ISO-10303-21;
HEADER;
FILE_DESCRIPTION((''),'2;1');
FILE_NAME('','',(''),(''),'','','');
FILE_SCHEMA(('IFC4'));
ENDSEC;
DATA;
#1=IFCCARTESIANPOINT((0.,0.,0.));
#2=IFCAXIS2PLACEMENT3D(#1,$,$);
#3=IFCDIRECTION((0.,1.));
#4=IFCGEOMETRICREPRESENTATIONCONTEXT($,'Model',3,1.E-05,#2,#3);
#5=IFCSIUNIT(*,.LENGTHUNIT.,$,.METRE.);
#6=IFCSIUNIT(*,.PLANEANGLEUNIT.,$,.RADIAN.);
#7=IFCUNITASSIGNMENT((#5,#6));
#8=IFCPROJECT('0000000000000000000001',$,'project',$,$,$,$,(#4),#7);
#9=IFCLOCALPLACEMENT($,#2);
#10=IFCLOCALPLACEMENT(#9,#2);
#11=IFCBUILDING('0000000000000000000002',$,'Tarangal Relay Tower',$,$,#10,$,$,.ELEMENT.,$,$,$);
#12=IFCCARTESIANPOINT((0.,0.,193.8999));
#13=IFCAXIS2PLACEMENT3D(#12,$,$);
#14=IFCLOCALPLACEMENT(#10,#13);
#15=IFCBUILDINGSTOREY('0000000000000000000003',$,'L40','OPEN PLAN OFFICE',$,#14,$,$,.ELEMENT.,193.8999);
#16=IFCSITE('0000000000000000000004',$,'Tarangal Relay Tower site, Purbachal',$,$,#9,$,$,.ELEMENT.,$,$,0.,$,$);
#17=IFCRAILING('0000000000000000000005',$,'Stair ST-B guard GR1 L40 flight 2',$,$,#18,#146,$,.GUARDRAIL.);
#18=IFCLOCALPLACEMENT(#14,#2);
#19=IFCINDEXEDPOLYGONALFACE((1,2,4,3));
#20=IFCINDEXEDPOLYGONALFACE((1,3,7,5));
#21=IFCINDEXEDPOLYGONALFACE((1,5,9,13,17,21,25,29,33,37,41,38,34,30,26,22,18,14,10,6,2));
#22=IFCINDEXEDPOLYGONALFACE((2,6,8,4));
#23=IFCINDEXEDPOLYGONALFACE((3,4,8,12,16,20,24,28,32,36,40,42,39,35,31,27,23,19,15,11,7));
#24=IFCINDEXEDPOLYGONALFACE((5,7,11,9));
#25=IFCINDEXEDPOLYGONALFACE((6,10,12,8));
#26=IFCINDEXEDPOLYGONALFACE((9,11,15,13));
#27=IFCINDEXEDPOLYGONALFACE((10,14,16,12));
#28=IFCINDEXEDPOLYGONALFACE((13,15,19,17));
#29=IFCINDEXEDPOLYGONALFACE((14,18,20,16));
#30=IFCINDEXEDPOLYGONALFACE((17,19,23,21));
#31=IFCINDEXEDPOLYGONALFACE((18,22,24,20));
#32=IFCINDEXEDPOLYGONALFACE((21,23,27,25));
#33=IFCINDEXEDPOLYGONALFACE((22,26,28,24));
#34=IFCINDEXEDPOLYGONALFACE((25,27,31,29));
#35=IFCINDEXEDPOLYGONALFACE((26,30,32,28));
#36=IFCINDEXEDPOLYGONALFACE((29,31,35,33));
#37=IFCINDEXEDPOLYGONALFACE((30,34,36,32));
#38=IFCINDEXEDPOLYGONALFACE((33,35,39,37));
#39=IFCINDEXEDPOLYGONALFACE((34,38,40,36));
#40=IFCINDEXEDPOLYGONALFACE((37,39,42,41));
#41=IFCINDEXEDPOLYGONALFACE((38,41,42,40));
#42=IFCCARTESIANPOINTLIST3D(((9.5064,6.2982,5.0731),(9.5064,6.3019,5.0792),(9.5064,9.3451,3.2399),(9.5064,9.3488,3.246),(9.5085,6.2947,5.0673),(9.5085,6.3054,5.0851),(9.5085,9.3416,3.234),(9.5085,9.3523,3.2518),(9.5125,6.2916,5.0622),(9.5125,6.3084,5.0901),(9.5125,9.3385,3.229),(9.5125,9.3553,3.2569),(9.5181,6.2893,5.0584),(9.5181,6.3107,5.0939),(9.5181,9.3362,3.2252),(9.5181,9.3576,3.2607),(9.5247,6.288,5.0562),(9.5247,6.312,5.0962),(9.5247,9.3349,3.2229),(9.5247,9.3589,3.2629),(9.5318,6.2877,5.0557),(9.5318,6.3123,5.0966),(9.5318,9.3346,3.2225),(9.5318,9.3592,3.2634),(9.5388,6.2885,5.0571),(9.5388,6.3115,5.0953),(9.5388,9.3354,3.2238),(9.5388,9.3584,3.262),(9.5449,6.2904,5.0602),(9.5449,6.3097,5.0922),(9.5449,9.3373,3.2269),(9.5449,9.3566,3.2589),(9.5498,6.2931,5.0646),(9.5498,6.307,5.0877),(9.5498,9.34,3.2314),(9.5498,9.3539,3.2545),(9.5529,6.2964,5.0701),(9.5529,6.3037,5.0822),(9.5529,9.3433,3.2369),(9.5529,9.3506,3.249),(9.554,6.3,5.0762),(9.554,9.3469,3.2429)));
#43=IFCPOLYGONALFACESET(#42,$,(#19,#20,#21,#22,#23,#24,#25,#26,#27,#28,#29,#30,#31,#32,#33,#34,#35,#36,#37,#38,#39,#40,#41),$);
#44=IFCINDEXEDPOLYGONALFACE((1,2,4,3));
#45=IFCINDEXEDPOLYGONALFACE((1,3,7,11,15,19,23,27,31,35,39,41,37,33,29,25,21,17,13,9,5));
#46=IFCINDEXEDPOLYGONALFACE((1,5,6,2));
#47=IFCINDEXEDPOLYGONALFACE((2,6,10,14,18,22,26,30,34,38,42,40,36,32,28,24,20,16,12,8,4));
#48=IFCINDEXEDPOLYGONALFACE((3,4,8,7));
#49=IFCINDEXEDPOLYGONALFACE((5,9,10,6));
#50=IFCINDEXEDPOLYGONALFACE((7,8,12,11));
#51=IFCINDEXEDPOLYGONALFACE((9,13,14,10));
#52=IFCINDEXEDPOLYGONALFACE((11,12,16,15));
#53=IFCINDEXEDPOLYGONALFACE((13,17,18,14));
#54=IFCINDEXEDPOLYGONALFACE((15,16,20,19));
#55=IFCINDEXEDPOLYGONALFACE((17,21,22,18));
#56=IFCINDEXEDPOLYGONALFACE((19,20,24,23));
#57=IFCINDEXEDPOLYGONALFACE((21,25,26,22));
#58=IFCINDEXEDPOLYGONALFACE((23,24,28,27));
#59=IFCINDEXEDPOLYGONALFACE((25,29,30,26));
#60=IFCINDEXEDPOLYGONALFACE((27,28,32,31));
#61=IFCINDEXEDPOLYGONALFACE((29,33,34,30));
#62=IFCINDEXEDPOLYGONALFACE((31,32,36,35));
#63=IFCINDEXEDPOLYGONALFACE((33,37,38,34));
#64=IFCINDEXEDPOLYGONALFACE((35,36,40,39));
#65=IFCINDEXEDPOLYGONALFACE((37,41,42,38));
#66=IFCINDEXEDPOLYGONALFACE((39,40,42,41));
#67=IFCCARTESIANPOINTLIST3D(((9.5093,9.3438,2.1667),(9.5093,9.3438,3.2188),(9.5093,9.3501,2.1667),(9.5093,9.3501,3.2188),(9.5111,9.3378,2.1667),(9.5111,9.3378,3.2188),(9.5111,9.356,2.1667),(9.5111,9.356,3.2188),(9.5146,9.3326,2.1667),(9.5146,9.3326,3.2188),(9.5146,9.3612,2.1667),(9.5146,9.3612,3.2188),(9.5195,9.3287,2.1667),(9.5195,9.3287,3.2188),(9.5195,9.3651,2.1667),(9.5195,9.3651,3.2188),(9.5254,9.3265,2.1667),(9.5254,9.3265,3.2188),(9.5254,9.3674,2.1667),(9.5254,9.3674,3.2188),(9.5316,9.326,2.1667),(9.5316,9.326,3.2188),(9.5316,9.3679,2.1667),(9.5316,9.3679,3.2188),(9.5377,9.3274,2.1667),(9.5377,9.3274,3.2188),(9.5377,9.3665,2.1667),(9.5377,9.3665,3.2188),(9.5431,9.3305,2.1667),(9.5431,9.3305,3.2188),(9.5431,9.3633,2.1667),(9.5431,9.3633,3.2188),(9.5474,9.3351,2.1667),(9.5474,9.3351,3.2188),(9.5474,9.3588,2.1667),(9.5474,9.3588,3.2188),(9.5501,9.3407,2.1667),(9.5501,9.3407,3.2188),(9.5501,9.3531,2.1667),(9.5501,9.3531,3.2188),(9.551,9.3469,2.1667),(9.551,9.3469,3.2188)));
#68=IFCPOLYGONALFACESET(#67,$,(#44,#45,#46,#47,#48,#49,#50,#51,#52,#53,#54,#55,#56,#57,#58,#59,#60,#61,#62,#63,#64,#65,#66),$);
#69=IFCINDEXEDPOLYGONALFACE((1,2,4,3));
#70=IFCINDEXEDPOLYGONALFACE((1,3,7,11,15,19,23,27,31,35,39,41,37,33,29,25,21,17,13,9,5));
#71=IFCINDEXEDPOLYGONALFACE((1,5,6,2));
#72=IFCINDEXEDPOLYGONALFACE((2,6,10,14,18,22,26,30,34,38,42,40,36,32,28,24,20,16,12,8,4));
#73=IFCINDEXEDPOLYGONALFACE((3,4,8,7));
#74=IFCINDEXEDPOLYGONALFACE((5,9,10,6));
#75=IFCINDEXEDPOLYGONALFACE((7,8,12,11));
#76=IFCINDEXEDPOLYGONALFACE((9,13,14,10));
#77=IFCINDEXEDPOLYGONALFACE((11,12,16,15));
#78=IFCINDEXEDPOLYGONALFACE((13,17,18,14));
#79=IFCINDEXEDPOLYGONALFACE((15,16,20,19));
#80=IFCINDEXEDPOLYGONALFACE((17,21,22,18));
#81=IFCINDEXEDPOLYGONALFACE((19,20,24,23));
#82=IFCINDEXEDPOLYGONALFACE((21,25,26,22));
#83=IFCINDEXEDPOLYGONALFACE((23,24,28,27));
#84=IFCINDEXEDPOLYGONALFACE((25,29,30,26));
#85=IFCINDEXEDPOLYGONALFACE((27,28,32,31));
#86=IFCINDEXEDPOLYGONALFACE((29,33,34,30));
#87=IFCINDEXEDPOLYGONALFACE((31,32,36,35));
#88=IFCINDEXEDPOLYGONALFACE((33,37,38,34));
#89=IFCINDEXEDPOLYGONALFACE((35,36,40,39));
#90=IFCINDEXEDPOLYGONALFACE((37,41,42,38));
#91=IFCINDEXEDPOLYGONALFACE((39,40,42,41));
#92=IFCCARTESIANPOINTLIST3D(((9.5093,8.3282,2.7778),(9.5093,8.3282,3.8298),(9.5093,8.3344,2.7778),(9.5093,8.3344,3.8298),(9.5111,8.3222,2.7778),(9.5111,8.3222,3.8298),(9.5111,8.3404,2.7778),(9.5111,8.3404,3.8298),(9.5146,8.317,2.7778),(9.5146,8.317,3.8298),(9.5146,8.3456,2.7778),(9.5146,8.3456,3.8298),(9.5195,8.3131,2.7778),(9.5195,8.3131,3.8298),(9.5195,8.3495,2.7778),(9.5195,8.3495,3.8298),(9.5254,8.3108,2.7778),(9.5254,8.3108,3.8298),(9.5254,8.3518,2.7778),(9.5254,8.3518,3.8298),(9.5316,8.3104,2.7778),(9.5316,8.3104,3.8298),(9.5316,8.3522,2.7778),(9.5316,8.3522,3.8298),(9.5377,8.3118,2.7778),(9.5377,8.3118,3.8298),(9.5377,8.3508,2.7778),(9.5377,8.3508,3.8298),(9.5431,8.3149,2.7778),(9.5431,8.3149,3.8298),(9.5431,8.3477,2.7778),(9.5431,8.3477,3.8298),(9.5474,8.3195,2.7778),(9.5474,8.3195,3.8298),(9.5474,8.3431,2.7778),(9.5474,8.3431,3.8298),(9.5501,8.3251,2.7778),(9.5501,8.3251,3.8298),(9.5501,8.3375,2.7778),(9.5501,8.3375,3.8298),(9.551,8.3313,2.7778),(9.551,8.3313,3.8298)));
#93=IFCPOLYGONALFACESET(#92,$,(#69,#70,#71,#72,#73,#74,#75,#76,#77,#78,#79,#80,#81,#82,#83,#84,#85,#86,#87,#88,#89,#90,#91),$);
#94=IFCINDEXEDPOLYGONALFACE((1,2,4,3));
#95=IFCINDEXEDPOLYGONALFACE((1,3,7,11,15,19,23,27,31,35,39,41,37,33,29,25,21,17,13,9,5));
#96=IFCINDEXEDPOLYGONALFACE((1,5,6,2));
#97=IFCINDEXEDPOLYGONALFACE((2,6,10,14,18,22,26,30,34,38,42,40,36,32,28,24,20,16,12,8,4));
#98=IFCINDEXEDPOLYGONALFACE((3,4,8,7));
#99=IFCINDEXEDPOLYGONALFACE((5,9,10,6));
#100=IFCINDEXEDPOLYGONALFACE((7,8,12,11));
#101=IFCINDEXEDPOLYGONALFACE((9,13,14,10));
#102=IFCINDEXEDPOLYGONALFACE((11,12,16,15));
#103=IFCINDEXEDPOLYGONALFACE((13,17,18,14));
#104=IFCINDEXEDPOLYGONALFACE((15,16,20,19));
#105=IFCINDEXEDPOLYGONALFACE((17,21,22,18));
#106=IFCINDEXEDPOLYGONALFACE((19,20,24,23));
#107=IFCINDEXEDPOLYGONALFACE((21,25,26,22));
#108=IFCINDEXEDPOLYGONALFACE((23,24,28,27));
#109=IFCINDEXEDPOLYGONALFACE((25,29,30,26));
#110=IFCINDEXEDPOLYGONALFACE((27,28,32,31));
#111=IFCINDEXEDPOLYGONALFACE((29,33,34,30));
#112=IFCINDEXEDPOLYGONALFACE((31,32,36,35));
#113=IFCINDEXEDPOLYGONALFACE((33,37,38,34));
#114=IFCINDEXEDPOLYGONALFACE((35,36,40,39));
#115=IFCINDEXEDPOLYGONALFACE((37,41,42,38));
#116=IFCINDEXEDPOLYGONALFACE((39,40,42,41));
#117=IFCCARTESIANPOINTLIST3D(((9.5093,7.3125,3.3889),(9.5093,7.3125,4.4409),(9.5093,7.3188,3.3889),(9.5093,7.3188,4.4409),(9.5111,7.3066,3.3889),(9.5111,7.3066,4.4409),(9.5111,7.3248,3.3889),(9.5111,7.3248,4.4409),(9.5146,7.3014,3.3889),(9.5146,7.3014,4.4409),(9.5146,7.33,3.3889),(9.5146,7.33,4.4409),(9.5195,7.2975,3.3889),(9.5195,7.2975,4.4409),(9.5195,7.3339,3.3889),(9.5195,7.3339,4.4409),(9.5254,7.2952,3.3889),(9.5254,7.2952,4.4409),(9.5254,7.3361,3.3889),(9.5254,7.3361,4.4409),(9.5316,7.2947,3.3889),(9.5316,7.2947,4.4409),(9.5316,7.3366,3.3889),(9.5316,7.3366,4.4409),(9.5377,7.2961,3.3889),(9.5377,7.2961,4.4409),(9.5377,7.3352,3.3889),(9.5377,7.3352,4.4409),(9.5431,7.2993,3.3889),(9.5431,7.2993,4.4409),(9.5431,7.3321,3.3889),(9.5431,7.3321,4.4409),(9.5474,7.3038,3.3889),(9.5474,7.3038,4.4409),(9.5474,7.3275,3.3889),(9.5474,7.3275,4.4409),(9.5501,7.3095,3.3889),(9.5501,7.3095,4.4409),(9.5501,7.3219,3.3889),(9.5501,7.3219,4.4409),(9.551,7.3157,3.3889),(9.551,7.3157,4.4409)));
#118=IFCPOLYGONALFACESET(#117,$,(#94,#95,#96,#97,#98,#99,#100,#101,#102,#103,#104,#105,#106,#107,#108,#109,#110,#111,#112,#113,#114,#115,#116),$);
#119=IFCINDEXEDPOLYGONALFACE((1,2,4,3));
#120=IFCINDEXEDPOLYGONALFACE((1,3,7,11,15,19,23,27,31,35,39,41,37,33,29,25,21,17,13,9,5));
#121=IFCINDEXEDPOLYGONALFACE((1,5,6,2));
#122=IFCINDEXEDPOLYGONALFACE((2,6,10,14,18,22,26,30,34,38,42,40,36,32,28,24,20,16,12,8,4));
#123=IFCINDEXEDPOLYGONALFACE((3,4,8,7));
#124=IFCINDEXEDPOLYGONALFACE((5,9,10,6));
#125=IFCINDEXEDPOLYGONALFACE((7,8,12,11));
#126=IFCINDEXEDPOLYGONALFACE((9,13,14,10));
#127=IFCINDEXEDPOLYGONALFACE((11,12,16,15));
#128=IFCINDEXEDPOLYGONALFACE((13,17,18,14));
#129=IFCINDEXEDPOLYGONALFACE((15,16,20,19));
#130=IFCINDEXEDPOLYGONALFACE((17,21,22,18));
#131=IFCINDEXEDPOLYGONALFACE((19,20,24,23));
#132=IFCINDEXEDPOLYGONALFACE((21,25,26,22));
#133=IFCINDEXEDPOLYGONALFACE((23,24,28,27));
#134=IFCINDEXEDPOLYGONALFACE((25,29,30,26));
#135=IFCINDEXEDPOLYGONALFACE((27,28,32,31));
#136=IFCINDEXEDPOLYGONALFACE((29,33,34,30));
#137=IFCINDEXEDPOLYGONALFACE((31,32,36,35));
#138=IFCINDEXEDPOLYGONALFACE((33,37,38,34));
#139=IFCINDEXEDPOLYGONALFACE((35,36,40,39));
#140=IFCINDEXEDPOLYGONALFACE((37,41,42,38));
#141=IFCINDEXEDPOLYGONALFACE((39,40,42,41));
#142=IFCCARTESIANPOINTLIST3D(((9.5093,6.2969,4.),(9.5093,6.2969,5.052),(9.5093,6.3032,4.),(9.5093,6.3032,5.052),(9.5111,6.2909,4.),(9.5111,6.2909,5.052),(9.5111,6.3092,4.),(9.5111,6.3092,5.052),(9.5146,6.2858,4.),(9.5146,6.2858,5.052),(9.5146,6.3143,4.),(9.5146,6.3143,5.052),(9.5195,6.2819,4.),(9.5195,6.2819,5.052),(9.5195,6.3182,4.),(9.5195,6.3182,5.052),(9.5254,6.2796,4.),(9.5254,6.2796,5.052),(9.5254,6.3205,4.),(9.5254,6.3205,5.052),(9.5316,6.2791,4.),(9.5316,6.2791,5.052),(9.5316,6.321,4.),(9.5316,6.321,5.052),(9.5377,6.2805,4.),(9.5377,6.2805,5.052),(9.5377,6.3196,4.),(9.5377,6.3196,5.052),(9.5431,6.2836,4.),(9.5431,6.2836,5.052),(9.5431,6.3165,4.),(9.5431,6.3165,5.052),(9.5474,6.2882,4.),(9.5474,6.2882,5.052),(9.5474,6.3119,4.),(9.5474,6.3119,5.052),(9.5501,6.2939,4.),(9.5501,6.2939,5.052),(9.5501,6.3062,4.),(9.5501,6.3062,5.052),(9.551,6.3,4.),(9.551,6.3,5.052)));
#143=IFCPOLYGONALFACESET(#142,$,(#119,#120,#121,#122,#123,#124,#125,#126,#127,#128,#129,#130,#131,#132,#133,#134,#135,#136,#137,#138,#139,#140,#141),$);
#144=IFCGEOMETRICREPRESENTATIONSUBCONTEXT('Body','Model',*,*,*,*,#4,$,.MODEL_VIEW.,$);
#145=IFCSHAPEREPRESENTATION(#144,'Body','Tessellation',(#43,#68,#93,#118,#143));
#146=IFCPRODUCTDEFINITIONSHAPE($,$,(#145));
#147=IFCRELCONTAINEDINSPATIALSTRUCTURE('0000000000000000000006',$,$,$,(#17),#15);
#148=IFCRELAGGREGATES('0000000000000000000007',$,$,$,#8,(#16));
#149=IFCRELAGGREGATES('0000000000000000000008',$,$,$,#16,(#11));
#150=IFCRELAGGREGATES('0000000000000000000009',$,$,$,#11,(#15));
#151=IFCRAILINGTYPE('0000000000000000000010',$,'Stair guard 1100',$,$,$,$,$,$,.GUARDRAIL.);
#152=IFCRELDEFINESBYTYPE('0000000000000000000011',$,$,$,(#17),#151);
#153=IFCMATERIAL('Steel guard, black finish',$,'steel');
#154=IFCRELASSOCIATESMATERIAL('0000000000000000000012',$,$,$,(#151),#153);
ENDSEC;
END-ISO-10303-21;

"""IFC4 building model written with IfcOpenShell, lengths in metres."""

from ifc_helpers import new_model, si_unit, direction, frame, origin, origin_2d, place, context, subcontext, project, spatial, circle, extrude, material, type_object, element, save


model = new_model("IFC4")

# Units and contexts
model_context = context("Model", 3, precision=1e-05, world=origin(), true_north=direction((0.0, 1.0)))
body_context = subcontext(model_context, "Body", "Model", "MODEL_VIEW")
ifc_project = project(units=[si_unit("LENGTHUNIT", "METRE"), si_unit("PLANEANGLEUNIT", "RADIAN")], contexts=[model_context])

# Site, building, storey
site_placement = place(None, origin())
site = spatial("IfcSite", under=ifc_project, at=site_placement, Name="Tarangal Relay Tower site, Purbachal", CompositionType="ELEMENT", RefElevation=0.0)
building_placement = place(site_placement, origin())
building = spatial("IfcBuilding", under=site, at=building_placement, Name="Tarangal Relay Tower", CompositionType="ELEMENT")
storey_placement = place(building_placement, frame((0.0, 0.0, 193.8999)))
storey = spatial("IfcBuildingStorey", under=building, at=storey_placement, Name="L40", Description="OPEN PLAN OFFICE", CompositionType="ELEMENT", Elevation=193.8999)

# Railing
ifc_material_1 = material(Name="Steel guard, black finish", Category="steel")
railing_type_1 = type_object("IfcRailingType", Name="Stair guard 1100", PredefinedType="GUARDRAIL", material=ifc_material_1)
railing_1_placement = place(storey_placement, frame((9.53, 9.3469, 2.1667)))
element("IfcRailing", 1, at=railing_1_placement, inside=storey, type_object=railing_type_1, Name="Stair ST-B guard GR1 L40 flight 2", PredefinedType="GUARDRAIL", context=body_context, shape_type="SweptSolid", body=[
    extrude(circle(Radius=0.0239, at=origin_2d()), frame((0.0, 0.0, 1.0762), z_axis=(0.0, -0.856856, 0.515556), x_axis=(1.0, 0.0, 0.0)), (0.0, 0.0, 1.0), 3.5559),
    extrude(circle(Radius=0.021, at=origin_2d()), origin(), (0.0, 0.0, 1.0), 1.052),
    extrude(circle(Radius=0.021, at=origin_2d()), frame((0.0, -1.0156, 0.6111)), (0.0, 0.0, 1.0), 1.052),
    extrude(circle(Radius=0.021, at=origin_2d()), frame((0.0, -2.0312, 1.2222)), (0.0, 0.0, 1.0), 1.052),
    extrude(circle(Radius=0.021, at=origin_2d()), frame((0.0, -3.0469, 1.8333)), (0.0, 0.0, 1.0), 1.052),
])

save(model, "model.ifc")
